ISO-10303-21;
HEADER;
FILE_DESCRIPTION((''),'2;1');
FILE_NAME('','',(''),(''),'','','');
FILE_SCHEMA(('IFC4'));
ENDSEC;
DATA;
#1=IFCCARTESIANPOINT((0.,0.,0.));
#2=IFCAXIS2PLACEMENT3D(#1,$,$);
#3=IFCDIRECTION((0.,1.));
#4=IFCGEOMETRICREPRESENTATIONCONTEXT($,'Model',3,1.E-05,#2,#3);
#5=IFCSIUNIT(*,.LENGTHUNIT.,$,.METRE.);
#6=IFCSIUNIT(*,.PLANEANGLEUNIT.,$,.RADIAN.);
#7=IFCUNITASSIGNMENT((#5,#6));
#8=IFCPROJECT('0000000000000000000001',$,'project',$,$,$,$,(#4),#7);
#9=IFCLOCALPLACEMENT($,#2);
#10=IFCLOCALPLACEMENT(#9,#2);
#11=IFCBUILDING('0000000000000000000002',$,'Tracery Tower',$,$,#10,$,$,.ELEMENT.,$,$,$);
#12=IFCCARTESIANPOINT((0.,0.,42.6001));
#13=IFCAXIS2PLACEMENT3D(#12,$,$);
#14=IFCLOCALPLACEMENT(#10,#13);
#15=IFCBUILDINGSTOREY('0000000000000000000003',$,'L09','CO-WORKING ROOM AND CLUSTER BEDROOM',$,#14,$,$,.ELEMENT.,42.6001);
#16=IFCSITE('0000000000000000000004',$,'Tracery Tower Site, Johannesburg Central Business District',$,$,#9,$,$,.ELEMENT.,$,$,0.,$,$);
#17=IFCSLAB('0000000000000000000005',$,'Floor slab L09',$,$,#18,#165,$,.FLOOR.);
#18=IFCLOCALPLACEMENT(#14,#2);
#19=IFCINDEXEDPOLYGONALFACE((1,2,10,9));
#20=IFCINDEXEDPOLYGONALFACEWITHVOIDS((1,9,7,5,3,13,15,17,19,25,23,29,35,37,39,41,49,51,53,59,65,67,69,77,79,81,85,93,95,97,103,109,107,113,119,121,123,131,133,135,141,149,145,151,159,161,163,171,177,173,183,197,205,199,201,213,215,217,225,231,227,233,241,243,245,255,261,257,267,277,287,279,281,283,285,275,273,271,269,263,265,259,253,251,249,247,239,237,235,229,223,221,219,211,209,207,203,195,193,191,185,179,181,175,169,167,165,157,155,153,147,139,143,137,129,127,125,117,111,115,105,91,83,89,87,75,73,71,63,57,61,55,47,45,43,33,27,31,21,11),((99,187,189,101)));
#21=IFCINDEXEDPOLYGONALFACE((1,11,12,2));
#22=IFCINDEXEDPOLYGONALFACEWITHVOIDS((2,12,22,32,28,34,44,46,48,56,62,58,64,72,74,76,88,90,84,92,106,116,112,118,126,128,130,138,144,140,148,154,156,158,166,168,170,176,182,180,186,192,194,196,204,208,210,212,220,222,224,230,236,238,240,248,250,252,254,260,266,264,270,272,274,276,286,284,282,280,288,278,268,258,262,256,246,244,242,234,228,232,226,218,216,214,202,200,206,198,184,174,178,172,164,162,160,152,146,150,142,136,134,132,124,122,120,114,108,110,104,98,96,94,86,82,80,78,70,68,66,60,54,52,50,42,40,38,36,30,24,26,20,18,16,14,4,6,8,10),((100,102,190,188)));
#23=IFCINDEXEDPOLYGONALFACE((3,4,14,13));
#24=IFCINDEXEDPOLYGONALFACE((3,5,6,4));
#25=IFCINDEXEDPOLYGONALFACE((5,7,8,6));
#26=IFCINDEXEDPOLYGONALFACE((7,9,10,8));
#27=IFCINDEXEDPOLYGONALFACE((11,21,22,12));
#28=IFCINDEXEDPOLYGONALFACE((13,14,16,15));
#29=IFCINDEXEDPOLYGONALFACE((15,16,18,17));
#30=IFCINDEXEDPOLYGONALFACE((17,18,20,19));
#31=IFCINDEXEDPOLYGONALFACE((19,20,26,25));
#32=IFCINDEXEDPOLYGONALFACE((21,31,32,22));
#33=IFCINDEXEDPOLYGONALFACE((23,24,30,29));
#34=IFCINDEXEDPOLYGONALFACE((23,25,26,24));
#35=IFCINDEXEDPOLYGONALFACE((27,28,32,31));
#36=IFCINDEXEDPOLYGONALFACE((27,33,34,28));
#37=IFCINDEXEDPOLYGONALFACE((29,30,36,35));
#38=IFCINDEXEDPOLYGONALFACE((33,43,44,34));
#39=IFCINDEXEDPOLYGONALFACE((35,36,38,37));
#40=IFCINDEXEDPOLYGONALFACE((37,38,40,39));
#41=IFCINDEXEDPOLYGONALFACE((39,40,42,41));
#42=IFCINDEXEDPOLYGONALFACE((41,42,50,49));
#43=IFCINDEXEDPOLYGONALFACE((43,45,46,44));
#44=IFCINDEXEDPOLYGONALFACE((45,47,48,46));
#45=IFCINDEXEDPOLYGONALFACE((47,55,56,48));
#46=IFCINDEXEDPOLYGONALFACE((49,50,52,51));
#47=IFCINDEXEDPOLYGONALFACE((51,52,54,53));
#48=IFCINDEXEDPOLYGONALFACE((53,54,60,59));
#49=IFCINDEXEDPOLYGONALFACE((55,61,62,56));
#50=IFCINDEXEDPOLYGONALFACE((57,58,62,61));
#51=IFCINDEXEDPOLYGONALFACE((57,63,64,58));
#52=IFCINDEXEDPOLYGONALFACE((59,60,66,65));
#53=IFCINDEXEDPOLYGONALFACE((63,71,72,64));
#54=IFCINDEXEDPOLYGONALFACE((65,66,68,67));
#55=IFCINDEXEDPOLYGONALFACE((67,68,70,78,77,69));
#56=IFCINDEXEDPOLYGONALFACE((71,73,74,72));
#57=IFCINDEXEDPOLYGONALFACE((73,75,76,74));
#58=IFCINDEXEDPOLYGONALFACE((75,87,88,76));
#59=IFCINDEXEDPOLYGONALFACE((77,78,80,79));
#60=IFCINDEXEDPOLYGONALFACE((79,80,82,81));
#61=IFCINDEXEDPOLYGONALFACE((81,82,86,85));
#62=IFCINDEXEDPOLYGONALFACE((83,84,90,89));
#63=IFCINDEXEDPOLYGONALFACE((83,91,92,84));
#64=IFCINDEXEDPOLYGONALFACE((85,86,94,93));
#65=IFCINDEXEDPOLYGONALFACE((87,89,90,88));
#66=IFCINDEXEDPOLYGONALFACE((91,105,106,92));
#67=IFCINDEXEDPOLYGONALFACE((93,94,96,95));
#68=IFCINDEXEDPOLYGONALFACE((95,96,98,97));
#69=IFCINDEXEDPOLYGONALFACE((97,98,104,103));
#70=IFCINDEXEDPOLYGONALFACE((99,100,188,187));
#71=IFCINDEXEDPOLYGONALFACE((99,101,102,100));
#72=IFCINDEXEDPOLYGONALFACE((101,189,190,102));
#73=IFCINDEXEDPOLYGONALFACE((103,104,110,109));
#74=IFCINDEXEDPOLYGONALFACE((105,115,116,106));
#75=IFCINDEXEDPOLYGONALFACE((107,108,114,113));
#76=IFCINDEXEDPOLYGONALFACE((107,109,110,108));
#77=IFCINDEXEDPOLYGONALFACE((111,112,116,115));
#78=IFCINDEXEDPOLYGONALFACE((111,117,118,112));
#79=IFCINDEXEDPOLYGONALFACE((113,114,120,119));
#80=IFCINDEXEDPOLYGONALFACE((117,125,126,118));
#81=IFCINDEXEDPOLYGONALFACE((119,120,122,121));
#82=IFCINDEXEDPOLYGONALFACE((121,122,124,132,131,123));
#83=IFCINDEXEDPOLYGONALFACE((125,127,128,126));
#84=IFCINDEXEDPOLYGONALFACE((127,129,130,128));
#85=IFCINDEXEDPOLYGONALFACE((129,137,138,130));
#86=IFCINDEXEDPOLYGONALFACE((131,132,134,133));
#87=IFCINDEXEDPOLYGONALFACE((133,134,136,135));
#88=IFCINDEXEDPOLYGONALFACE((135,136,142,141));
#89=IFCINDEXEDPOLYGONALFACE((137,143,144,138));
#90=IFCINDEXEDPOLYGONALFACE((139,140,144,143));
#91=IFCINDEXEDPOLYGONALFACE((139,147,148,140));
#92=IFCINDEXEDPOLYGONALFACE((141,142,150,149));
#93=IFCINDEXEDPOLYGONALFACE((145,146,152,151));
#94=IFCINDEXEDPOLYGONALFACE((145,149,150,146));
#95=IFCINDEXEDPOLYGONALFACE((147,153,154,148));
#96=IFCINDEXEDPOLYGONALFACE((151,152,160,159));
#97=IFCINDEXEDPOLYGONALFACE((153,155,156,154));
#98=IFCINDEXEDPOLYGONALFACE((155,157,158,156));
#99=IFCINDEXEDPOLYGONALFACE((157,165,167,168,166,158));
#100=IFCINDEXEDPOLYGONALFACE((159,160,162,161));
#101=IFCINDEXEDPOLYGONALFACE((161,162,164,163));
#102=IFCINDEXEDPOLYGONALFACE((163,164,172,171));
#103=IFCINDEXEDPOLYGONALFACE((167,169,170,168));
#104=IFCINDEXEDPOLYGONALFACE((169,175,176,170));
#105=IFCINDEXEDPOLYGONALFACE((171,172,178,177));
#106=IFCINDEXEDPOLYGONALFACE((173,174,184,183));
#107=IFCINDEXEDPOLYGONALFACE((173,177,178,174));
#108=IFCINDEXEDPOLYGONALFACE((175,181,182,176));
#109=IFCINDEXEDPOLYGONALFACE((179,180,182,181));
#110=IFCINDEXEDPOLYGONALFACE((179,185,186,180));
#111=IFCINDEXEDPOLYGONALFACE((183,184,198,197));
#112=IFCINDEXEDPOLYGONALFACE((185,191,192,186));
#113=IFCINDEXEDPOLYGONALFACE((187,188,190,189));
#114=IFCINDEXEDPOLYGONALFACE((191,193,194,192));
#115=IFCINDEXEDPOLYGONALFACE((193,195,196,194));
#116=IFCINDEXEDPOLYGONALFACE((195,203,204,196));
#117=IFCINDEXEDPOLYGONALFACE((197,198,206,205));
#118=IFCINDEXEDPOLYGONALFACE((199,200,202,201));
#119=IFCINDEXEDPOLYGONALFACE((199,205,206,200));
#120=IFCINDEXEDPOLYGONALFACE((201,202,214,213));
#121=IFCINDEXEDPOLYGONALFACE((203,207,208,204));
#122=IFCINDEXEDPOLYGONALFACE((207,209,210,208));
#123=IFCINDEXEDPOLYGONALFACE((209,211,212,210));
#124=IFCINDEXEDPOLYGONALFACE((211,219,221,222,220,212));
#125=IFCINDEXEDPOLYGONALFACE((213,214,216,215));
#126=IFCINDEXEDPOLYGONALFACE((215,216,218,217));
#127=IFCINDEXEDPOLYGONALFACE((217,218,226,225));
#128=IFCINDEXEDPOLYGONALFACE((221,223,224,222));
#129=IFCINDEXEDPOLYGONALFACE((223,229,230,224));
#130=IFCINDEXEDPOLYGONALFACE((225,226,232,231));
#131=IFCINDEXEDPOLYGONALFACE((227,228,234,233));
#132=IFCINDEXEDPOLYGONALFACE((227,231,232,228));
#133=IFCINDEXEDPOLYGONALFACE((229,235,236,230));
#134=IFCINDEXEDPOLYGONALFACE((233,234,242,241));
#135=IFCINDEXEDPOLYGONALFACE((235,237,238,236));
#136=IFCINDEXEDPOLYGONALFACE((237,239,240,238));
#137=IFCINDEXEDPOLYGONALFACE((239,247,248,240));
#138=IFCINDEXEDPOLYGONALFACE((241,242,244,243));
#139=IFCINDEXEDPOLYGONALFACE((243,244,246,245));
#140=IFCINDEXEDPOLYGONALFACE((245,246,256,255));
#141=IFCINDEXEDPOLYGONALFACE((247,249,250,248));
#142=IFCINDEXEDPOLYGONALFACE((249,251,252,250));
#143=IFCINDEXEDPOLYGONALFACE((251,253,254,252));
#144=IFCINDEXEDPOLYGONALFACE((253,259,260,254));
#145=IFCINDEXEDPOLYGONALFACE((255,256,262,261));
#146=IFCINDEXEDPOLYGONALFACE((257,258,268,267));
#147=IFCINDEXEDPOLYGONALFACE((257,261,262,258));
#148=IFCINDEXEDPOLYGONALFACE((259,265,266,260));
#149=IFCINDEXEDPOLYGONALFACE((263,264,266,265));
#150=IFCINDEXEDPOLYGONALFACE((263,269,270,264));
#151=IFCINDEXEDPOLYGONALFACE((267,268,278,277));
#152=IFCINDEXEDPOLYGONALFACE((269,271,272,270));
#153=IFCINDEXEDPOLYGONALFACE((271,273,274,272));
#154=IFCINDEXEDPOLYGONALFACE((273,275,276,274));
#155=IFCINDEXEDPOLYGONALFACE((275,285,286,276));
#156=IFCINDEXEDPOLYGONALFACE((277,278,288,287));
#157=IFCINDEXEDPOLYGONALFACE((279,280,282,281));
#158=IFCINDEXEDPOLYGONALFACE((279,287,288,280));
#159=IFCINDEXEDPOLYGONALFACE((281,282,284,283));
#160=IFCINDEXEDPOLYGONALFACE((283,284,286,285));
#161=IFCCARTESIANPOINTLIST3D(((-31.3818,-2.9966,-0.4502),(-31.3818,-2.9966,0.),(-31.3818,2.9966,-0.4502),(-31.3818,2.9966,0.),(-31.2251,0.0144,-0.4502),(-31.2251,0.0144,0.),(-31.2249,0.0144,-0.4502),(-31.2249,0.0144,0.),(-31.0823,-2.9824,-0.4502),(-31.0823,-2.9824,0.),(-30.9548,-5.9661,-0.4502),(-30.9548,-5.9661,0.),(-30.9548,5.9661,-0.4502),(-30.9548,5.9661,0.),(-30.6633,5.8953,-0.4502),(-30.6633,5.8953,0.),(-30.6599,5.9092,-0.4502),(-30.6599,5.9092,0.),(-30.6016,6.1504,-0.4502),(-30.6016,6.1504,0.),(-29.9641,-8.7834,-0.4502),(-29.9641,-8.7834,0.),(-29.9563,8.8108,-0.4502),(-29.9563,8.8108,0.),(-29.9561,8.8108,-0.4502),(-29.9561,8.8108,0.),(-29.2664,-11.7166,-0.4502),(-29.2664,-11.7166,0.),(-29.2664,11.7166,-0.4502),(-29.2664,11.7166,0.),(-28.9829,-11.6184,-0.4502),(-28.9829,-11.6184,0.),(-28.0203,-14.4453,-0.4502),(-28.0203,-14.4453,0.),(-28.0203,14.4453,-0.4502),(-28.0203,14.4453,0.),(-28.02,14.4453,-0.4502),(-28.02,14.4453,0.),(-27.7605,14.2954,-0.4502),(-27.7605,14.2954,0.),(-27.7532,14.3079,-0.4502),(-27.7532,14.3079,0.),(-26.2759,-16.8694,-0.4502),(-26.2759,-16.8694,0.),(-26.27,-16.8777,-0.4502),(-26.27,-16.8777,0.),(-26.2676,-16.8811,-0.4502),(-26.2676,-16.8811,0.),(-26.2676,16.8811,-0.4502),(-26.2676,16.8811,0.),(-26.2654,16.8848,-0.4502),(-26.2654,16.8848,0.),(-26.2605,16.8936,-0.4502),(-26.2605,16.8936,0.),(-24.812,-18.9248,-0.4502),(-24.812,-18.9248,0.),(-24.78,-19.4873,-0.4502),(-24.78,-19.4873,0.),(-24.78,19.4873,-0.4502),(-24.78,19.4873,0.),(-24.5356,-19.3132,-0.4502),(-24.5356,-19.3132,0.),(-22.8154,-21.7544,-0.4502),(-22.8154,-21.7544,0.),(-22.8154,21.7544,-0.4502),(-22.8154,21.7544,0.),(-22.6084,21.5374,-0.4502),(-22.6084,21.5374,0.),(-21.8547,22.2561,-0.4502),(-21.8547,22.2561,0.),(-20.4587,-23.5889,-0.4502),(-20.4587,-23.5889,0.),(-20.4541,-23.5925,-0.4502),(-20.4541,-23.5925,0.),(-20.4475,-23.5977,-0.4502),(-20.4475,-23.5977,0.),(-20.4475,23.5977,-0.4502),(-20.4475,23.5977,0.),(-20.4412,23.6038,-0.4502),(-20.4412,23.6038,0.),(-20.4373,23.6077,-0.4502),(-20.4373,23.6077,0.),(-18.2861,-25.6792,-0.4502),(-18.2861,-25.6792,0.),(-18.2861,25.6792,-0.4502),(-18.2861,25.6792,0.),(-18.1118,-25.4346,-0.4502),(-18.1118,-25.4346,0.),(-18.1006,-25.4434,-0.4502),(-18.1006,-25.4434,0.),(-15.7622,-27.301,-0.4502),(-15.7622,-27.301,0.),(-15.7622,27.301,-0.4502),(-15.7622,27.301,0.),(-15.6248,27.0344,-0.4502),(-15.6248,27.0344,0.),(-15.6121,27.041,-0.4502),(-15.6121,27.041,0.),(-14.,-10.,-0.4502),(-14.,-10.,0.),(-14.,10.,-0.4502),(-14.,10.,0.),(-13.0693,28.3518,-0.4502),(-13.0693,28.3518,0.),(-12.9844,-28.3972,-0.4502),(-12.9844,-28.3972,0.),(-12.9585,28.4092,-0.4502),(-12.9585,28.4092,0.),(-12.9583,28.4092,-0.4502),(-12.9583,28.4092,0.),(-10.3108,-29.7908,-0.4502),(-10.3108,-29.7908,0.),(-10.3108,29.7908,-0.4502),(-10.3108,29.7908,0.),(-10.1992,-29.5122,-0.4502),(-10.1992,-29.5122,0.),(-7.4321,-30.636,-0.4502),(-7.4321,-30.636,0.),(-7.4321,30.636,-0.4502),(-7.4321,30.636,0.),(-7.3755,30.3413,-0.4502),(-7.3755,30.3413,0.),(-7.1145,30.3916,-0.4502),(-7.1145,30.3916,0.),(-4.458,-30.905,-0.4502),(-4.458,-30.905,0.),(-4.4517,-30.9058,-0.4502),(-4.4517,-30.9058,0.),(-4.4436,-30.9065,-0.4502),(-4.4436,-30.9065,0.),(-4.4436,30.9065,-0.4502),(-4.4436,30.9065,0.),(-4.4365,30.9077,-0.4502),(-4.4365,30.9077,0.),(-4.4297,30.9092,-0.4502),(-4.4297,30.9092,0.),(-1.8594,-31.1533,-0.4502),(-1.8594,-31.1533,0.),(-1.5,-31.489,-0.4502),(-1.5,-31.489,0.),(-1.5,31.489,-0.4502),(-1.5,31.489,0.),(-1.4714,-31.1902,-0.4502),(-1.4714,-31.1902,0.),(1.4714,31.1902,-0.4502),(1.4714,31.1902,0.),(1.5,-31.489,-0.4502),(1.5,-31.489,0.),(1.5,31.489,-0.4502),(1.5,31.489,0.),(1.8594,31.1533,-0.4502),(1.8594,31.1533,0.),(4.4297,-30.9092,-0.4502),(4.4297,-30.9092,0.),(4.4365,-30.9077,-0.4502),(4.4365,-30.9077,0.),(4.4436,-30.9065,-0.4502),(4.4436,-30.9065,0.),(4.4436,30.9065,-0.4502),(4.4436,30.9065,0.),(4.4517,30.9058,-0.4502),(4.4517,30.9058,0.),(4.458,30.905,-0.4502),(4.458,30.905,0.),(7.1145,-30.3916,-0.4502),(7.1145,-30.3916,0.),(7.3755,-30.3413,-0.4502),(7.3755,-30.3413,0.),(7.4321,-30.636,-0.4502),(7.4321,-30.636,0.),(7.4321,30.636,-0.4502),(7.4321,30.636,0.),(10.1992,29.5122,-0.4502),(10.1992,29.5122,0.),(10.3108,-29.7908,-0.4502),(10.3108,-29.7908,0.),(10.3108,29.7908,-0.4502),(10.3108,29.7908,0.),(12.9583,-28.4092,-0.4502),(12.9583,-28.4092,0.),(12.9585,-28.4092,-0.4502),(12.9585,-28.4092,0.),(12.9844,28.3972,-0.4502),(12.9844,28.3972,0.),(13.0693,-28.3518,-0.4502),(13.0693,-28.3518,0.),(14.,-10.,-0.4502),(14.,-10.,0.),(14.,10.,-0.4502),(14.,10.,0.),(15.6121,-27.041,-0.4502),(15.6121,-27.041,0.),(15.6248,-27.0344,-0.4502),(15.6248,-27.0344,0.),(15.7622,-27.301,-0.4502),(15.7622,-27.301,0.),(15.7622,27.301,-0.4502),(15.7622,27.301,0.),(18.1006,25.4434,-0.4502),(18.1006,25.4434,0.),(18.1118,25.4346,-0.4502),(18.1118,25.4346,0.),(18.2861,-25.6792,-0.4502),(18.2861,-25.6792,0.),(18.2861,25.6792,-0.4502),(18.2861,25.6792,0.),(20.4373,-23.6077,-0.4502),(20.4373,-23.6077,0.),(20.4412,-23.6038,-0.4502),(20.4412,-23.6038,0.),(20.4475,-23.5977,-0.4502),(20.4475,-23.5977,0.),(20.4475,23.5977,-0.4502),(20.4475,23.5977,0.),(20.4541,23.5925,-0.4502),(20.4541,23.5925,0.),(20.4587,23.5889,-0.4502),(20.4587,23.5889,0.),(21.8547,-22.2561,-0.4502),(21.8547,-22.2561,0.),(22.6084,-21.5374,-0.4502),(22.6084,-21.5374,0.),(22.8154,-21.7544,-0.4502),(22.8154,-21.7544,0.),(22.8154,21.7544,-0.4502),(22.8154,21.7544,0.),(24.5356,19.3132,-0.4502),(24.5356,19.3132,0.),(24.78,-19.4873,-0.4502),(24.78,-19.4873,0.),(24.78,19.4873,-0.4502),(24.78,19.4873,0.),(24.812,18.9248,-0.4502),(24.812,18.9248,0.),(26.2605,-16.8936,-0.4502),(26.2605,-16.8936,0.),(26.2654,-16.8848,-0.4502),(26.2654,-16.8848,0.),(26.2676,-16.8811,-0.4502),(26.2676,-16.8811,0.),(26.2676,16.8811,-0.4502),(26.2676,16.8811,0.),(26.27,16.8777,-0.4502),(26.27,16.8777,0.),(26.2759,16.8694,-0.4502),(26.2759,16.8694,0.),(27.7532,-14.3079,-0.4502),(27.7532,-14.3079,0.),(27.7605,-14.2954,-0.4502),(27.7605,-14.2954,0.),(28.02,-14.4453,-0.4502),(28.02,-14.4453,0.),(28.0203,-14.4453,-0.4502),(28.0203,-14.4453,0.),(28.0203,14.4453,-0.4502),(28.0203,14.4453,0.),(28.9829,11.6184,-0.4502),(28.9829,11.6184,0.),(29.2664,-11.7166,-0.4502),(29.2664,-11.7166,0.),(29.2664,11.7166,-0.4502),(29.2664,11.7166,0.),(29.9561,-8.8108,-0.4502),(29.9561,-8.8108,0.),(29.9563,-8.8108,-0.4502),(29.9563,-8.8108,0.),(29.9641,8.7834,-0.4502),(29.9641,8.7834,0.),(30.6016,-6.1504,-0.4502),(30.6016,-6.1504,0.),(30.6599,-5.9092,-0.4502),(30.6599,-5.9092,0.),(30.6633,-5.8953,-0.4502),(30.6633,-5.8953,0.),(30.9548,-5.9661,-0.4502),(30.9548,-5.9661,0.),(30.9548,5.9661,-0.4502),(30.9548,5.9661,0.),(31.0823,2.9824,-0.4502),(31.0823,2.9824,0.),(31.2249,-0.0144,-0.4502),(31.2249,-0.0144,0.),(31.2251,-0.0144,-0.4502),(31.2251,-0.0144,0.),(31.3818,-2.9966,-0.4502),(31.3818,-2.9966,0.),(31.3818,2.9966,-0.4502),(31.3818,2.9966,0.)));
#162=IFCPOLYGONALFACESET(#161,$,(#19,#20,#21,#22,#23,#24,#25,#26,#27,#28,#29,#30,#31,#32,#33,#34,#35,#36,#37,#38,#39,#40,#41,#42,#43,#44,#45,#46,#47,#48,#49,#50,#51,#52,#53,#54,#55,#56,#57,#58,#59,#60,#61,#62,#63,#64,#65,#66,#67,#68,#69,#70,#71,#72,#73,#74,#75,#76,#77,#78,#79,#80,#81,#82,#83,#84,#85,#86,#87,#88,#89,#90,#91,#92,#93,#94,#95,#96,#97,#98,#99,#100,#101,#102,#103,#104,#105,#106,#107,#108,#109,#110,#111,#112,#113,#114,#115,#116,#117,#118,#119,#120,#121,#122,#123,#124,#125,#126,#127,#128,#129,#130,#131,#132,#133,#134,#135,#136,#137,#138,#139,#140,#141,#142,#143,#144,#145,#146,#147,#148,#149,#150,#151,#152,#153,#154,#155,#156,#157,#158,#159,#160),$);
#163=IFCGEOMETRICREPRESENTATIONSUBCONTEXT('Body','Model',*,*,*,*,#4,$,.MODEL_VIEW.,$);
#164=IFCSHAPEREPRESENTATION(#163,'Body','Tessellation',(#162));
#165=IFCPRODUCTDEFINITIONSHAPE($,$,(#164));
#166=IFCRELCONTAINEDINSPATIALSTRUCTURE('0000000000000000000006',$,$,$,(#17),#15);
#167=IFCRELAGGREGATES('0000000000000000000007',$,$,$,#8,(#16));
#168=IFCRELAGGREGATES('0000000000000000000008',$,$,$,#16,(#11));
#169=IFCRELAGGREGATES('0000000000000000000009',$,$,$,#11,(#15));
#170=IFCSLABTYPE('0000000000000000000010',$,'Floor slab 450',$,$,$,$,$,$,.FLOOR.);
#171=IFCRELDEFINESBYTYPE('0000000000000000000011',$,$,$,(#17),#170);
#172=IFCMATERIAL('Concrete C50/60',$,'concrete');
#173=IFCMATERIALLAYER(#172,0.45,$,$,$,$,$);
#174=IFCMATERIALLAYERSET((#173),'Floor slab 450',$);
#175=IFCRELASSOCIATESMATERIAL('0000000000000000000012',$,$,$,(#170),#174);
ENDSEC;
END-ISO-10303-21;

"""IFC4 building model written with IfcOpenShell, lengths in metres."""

from ifc_helpers import new_model, si_unit, direction, frame, origin, place, context, subcontext, project, spatial, polyline, outline, extrude, material, layer, layer_set, type_object, element, save


model = new_model("IFC4")

# Units and contexts
model_context = context("Model", 3, precision=1e-05, world=origin(), true_north=direction((0.0, 1.0)))
body_context = subcontext(model_context, "Body", "Model", "MODEL_VIEW")
ifc_project = project(units=[si_unit("LENGTHUNIT", "METRE"), si_unit("PLANEANGLEUNIT", "RADIAN")], contexts=[model_context])

# Site, building, storey
site_placement = place(None, origin())
site = spatial("IfcSite", under=ifc_project, at=site_placement, Name="Tracery Tower Site, Johannesburg Central Business District", CompositionType="ELEMENT", RefElevation=0.0)
building_placement = place(site_placement, origin())
building = spatial("IfcBuilding", under=site, at=building_placement, Name="Tracery Tower", CompositionType="ELEMENT")
storey_placement = place(building_placement, frame((0.0, 0.0, 42.6001)))
storey = spatial("IfcBuildingStorey", under=building, at=storey_placement, Name="L09", Description="CO-WORKING ROOM AND CLUSTER BEDROOM", CompositionType="ELEMENT", Elevation=42.6001)

# Slab
ifc_material_1 = material(Name="Concrete C50/60", Category="concrete")
ifc_layer_1 = layer(ifc_material_1, 0.45)
ifc_layer_set_1 = layer_set([ifc_layer_1], Name="Floor slab 450")
slab_type_1 = type_object("IfcSlabType", Name="Floor slab 450", PredefinedType="FLOOR", material=ifc_layer_set_1)
slab_1_placement = place(storey_placement, frame((0.0, 0.0, -0.4502)))
element("IfcSlab", 1, at=slab_1_placement, inside=storey, type_object=slab_type_1, Name="Floor slab L09", PredefinedType="FLOOR", context=body_context, shape_type="SweptSolid", body=[
    extrude(outline(polyline([(29.9641, 8.7834), (29.9641, 8.7834), (28.9829, 11.6184), (29.2664, 11.7166), (28.0203, 14.4453), (26.2759, 16.8694), (26.2759, 16.8694), (26.27, 16.8777), (26.2676, 16.8811), (24.812, 18.9248), (24.5356, 19.3132), (24.78, 19.4873), (22.8154, 21.7544), (20.4587, 23.5889), (20.4587, 23.5889), (20.4541, 23.5925), (20.4475, 23.5977), (18.1118, 25.4346), (18.1118, 25.4346), (18.1006, 25.4434), (18.2861, 25.6792), (15.7622, 27.301), (12.9844, 28.3972), (12.9844, 28.3972), (10.1992, 29.5122), (10.3108, 29.7908), (7.4321, 30.636), (4.458, 30.905), (4.458, 30.905), (4.4517, 30.9058), (4.4436, 30.9065), (1.8594, 31.1533), (1.4714, 31.1902), (1.5, 31.489), (1.5, 31.489), (-1.5, 31.489), (-4.4297, 30.9092), (-4.4297, 30.9092), (-4.4365, 30.9077), (-4.4436, 30.9065), (-7.1145, 30.3916), (-7.3755, 30.3413), (-7.4321, 30.636), (-10.3108, 29.7908), (-12.9585, 28.4092), (-12.9583, 28.4092), (-13.0693, 28.3518), (-15.6121, 27.041), (-15.6121, 27.041), (-15.6248, 27.0344), (-15.7622, 27.301), (-15.7622, 27.301), (-18.2861, 25.6792), (-20.4373, 23.6077), (-20.4373, 23.6077), (-20.4412, 23.6038), (-20.4475, 23.5977), (-21.8547, 22.2561), (-22.6084, 21.5374), (-22.8154, 21.7544), (-24.78, 19.4873), (-26.2605, 16.8936), (-26.2605, 16.8936), (-26.2654, 16.8848), (-26.2676, 16.8811), (-27.7532, 14.3079), (-27.7532, 14.3079), (-27.7605, 14.2954), (-28.02, 14.4453), (-28.0203, 14.4453), (-29.2664, 11.7166), (-29.9563, 8.8108), (-29.9561, 8.8108), (-30.6016, 6.1504), (-30.6599, 5.9092), (-30.6599, 5.9092), (-30.6633, 5.8953), (-30.9548, 5.9661), (-31.3818, 2.9966), (-31.2251, 0.0144), (-31.2249, 0.0144), (-31.0823, -2.9824), (-31.3818, -2.9966), (-30.9548, -5.9661), (-29.9641, -8.7834), (-29.9641, -8.7834), (-28.9829, -11.6184), (-29.2664, -11.7166), (-28.0203, -14.4453), (-26.2759, -16.8694), (-26.2759, -16.8694), (-26.27, -16.8777), (-26.2676, -16.8811), (-24.812, -18.9248), (-24.5356, -19.3132), (-24.78, -19.4873), (-22.8154, -21.7544), (-20.4587, -23.5889), (-20.4587, -23.5889), (-20.4541, -23.5925), (-20.4475, -23.5977), (-18.1118, -25.4346), (-18.1118, -25.4346), (-18.1006, -25.4434), (-18.2861, -25.6792), (-15.7622, -27.301), (-12.9844, -28.3972), (-12.9844, -28.3972), (-10.1992, -29.5122), (-10.3108, -29.7908), (-7.4321, -30.636), (-4.458, -30.905), (-4.458, -30.905), (-4.4517, -30.9058), (-4.4436, -30.9065), (-1.8594, -31.1533), (-1.4714, -31.1902), (-1.5, -31.489), (-1.5, -31.489), (1.5, -31.489), (4.4297, -30.9092), (4.4297, -30.9092), (4.4365, -30.9077), (4.4436, -30.9065), (7.1145, -30.3916), (7.3755, -30.3413), (7.4321, -30.636), (10.3108, -29.7908), (12.9585, -28.4092), (12.9583, -28.4092), (13.0693, -28.3518), (15.6121, -27.041), (15.6121, -27.041), (15.6248, -27.0344), (15.7622, -27.301), (15.7622, -27.301), (18.2861, -25.6792), (20.4373, -23.6077), (20.4373, -23.6077), (20.4412, -23.6038), (20.4475, -23.5977), (21.8547, -22.2561), (22.6084, -21.5374), (22.8154, -21.7544), (24.78, -19.4873), (26.2605, -16.8936), (26.2605, -16.8936), (26.2654, -16.8848), (26.2676, -16.8811), (27.7532, -14.3079), (27.7532, -14.3079), (27.7605, -14.2954), (28.02, -14.4453), (28.0203, -14.4453), (29.2664, -11.7166), (29.9563, -8.8108), (29.9561, -8.8108), (30.6016, -6.1504), (30.6599, -5.9092), (30.6599, -5.9092), (30.6633, -5.8953), (30.9548, -5.9661), (31.3818, -2.9966), (31.2251, -0.0144), (31.2249, -0.0144), (31.0823, 2.9824), (31.3818, 2.9966), (30.9548, 5.9661), (29.9641, 8.7834)]), holes=[polyline([(-14.0, -10.0), (14.0, -10.0), (14.0, 10.0), (-14.0, 10.0), (-14.0, -10.0)])]), origin(), (0.0, 0.0, 1.0), 0.4502),
])

save(model, "model.ifc")
